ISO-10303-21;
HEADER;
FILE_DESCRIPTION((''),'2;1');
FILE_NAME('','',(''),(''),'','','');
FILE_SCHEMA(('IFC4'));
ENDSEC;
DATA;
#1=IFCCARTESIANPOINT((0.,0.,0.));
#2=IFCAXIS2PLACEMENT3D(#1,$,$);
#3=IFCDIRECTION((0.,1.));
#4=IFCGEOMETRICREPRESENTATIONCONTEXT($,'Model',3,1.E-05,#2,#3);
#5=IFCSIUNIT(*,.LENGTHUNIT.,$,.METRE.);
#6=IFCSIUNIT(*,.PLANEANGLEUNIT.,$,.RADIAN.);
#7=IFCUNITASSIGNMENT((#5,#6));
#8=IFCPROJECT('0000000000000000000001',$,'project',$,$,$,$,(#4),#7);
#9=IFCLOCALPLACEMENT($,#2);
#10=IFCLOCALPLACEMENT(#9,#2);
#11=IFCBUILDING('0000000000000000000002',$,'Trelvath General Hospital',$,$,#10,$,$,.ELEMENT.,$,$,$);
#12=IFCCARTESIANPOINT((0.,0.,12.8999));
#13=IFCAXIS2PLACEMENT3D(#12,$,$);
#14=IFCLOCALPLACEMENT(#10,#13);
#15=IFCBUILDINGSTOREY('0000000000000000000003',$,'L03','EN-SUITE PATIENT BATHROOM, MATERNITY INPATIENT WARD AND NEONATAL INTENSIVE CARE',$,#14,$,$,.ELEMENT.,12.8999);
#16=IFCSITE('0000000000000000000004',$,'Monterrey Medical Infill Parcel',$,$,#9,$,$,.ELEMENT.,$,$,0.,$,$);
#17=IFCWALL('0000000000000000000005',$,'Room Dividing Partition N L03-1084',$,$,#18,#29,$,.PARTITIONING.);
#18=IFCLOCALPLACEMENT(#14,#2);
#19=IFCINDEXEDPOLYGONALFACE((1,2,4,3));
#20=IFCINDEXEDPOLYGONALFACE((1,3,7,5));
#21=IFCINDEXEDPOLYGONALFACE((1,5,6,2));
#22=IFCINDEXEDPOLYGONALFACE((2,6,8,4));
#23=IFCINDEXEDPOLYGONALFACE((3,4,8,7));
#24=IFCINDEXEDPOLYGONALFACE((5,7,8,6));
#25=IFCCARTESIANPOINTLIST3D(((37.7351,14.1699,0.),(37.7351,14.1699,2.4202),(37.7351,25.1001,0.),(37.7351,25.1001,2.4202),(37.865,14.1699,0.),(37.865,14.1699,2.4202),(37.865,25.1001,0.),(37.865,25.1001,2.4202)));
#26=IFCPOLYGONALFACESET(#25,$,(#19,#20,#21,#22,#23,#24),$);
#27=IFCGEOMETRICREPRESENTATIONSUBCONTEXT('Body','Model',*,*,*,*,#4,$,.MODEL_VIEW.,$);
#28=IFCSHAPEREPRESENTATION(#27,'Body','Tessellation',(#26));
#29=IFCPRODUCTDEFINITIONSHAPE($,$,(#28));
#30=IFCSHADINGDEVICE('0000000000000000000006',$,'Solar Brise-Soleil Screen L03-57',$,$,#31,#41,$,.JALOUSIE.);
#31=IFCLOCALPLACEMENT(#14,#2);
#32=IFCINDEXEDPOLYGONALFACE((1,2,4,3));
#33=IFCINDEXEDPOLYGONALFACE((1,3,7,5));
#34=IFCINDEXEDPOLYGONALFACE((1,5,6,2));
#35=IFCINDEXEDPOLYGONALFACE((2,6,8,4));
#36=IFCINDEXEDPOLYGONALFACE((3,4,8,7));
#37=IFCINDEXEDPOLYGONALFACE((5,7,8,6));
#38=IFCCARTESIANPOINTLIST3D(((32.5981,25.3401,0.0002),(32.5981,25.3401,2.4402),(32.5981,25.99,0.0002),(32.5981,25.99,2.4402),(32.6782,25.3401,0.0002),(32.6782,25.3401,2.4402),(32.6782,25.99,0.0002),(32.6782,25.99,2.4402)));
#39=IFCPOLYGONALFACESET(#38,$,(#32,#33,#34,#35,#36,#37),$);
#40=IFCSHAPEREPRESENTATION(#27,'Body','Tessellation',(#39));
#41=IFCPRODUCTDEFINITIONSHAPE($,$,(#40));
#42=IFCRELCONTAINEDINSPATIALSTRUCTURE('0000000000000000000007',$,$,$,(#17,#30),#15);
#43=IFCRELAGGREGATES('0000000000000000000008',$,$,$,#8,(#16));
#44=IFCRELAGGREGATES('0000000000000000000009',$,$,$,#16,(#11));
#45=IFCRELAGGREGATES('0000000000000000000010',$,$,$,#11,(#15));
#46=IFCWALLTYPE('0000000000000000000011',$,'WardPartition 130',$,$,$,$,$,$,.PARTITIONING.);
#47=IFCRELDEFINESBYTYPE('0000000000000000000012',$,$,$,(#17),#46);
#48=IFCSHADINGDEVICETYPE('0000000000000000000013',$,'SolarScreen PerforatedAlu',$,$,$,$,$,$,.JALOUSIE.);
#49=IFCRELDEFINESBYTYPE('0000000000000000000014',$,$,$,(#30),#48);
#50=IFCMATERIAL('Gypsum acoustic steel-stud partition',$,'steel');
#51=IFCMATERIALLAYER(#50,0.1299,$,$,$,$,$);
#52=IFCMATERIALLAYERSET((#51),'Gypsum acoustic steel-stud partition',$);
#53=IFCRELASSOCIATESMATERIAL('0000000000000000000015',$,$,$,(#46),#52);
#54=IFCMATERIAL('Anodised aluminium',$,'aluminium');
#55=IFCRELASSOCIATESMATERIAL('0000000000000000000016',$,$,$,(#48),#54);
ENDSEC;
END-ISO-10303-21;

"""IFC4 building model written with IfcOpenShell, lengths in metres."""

from ifc_helpers import new_model, si_unit, direction, frame, frame_2d, origin, origin_2d, place, context, subcontext, project, spatial, rectangle, extrude, material, layer, layer_set, type_object, element, save


model = new_model("IFC4")

# Units and contexts
model_context = context("Model", 3, precision=1e-05, world=origin(), true_north=direction((0.0, 1.0)))
body_context = subcontext(model_context, "Body", "Model", "MODEL_VIEW")
ifc_project = project(units=[si_unit("LENGTHUNIT", "METRE"), si_unit("PLANEANGLEUNIT", "RADIAN")], contexts=[model_context])

# Site, building, storey
site_placement = place(None, origin())
site = spatial("IfcSite", under=ifc_project, at=site_placement, Name="Monterrey Medical Infill Parcel", CompositionType="ELEMENT", RefElevation=0.0)
building_placement = place(site_placement, origin())
building = spatial("IfcBuilding", under=site, at=building_placement, Name="Trelvath General Hospital", CompositionType="ELEMENT")
storey_placement = place(building_placement, frame((0.0, 0.0, 12.8999)))
storey = spatial("IfcBuildingStorey", under=building, at=storey_placement, Name="L03", Description="EN-SUITE PATIENT BATHROOM, MATERNITY INPATIENT WARD AND NEONATAL INTENSIVE CARE", CompositionType="ELEMENT", Elevation=12.8999)

# Wall
ifc_material_1 = material(Name="Gypsum acoustic steel-stud partition", Category="steel")
ifc_layer_1 = layer(ifc_material_1, 0.1299)
ifc_layer_set_1 = layer_set([ifc_layer_1], Name="Gypsum acoustic steel-stud partition")
wall_type_1 = type_object("IfcWallType", Name="WardPartition 130", PredefinedType="PARTITIONING", material=ifc_layer_set_1)
wall_1_placement = place(storey_placement, frame((37.8, 14.1699, 0.0), z_axis=(0.0, 0.0, 1.0), x_axis=(0.0, 1.0, 0.0)))
element("IfcWall", 1, at=wall_1_placement, inside=storey, type_object=wall_type_1, Name="Room Dividing Partition N L03-1084", PredefinedType="PARTITIONING", context=body_context, shape_type="SweptSolid", body=[
    extrude(rectangle(XDim=10.9302, YDim=0.1299, at=frame_2d((5.4651, 0.0))), origin(), (0.0, 0.0, 1.0), 2.4202),
])

# Shading device
ifc_material_2 = material(Name="Anodised aluminium", Category="aluminium")
shading_device_type = type_object("IfcShadingDeviceType", Name="SolarScreen PerforatedAlu", PredefinedType="JALOUSIE", material=ifc_material_2)
shading_device_placement = place(storey_placement, frame((32.6382, 25.665, 0.0002), z_axis=(0.0, 0.0, 1.0), x_axis=(0.0, 1.0, 0.0)))
element("IfcShadingDevice", 2, at=shading_device_placement, inside=storey, type_object=shading_device_type, Name="Solar Brise-Soleil Screen L03-57", PredefinedType="JALOUSIE", context=body_context, shape_type="SweptSolid", body=[
    extrude(rectangle(XDim=0.6499, YDim=0.0801, at=origin_2d()), origin(), (0.0, 0.0, 1.0), 2.4399),
])

save(model, "model.ifc")
